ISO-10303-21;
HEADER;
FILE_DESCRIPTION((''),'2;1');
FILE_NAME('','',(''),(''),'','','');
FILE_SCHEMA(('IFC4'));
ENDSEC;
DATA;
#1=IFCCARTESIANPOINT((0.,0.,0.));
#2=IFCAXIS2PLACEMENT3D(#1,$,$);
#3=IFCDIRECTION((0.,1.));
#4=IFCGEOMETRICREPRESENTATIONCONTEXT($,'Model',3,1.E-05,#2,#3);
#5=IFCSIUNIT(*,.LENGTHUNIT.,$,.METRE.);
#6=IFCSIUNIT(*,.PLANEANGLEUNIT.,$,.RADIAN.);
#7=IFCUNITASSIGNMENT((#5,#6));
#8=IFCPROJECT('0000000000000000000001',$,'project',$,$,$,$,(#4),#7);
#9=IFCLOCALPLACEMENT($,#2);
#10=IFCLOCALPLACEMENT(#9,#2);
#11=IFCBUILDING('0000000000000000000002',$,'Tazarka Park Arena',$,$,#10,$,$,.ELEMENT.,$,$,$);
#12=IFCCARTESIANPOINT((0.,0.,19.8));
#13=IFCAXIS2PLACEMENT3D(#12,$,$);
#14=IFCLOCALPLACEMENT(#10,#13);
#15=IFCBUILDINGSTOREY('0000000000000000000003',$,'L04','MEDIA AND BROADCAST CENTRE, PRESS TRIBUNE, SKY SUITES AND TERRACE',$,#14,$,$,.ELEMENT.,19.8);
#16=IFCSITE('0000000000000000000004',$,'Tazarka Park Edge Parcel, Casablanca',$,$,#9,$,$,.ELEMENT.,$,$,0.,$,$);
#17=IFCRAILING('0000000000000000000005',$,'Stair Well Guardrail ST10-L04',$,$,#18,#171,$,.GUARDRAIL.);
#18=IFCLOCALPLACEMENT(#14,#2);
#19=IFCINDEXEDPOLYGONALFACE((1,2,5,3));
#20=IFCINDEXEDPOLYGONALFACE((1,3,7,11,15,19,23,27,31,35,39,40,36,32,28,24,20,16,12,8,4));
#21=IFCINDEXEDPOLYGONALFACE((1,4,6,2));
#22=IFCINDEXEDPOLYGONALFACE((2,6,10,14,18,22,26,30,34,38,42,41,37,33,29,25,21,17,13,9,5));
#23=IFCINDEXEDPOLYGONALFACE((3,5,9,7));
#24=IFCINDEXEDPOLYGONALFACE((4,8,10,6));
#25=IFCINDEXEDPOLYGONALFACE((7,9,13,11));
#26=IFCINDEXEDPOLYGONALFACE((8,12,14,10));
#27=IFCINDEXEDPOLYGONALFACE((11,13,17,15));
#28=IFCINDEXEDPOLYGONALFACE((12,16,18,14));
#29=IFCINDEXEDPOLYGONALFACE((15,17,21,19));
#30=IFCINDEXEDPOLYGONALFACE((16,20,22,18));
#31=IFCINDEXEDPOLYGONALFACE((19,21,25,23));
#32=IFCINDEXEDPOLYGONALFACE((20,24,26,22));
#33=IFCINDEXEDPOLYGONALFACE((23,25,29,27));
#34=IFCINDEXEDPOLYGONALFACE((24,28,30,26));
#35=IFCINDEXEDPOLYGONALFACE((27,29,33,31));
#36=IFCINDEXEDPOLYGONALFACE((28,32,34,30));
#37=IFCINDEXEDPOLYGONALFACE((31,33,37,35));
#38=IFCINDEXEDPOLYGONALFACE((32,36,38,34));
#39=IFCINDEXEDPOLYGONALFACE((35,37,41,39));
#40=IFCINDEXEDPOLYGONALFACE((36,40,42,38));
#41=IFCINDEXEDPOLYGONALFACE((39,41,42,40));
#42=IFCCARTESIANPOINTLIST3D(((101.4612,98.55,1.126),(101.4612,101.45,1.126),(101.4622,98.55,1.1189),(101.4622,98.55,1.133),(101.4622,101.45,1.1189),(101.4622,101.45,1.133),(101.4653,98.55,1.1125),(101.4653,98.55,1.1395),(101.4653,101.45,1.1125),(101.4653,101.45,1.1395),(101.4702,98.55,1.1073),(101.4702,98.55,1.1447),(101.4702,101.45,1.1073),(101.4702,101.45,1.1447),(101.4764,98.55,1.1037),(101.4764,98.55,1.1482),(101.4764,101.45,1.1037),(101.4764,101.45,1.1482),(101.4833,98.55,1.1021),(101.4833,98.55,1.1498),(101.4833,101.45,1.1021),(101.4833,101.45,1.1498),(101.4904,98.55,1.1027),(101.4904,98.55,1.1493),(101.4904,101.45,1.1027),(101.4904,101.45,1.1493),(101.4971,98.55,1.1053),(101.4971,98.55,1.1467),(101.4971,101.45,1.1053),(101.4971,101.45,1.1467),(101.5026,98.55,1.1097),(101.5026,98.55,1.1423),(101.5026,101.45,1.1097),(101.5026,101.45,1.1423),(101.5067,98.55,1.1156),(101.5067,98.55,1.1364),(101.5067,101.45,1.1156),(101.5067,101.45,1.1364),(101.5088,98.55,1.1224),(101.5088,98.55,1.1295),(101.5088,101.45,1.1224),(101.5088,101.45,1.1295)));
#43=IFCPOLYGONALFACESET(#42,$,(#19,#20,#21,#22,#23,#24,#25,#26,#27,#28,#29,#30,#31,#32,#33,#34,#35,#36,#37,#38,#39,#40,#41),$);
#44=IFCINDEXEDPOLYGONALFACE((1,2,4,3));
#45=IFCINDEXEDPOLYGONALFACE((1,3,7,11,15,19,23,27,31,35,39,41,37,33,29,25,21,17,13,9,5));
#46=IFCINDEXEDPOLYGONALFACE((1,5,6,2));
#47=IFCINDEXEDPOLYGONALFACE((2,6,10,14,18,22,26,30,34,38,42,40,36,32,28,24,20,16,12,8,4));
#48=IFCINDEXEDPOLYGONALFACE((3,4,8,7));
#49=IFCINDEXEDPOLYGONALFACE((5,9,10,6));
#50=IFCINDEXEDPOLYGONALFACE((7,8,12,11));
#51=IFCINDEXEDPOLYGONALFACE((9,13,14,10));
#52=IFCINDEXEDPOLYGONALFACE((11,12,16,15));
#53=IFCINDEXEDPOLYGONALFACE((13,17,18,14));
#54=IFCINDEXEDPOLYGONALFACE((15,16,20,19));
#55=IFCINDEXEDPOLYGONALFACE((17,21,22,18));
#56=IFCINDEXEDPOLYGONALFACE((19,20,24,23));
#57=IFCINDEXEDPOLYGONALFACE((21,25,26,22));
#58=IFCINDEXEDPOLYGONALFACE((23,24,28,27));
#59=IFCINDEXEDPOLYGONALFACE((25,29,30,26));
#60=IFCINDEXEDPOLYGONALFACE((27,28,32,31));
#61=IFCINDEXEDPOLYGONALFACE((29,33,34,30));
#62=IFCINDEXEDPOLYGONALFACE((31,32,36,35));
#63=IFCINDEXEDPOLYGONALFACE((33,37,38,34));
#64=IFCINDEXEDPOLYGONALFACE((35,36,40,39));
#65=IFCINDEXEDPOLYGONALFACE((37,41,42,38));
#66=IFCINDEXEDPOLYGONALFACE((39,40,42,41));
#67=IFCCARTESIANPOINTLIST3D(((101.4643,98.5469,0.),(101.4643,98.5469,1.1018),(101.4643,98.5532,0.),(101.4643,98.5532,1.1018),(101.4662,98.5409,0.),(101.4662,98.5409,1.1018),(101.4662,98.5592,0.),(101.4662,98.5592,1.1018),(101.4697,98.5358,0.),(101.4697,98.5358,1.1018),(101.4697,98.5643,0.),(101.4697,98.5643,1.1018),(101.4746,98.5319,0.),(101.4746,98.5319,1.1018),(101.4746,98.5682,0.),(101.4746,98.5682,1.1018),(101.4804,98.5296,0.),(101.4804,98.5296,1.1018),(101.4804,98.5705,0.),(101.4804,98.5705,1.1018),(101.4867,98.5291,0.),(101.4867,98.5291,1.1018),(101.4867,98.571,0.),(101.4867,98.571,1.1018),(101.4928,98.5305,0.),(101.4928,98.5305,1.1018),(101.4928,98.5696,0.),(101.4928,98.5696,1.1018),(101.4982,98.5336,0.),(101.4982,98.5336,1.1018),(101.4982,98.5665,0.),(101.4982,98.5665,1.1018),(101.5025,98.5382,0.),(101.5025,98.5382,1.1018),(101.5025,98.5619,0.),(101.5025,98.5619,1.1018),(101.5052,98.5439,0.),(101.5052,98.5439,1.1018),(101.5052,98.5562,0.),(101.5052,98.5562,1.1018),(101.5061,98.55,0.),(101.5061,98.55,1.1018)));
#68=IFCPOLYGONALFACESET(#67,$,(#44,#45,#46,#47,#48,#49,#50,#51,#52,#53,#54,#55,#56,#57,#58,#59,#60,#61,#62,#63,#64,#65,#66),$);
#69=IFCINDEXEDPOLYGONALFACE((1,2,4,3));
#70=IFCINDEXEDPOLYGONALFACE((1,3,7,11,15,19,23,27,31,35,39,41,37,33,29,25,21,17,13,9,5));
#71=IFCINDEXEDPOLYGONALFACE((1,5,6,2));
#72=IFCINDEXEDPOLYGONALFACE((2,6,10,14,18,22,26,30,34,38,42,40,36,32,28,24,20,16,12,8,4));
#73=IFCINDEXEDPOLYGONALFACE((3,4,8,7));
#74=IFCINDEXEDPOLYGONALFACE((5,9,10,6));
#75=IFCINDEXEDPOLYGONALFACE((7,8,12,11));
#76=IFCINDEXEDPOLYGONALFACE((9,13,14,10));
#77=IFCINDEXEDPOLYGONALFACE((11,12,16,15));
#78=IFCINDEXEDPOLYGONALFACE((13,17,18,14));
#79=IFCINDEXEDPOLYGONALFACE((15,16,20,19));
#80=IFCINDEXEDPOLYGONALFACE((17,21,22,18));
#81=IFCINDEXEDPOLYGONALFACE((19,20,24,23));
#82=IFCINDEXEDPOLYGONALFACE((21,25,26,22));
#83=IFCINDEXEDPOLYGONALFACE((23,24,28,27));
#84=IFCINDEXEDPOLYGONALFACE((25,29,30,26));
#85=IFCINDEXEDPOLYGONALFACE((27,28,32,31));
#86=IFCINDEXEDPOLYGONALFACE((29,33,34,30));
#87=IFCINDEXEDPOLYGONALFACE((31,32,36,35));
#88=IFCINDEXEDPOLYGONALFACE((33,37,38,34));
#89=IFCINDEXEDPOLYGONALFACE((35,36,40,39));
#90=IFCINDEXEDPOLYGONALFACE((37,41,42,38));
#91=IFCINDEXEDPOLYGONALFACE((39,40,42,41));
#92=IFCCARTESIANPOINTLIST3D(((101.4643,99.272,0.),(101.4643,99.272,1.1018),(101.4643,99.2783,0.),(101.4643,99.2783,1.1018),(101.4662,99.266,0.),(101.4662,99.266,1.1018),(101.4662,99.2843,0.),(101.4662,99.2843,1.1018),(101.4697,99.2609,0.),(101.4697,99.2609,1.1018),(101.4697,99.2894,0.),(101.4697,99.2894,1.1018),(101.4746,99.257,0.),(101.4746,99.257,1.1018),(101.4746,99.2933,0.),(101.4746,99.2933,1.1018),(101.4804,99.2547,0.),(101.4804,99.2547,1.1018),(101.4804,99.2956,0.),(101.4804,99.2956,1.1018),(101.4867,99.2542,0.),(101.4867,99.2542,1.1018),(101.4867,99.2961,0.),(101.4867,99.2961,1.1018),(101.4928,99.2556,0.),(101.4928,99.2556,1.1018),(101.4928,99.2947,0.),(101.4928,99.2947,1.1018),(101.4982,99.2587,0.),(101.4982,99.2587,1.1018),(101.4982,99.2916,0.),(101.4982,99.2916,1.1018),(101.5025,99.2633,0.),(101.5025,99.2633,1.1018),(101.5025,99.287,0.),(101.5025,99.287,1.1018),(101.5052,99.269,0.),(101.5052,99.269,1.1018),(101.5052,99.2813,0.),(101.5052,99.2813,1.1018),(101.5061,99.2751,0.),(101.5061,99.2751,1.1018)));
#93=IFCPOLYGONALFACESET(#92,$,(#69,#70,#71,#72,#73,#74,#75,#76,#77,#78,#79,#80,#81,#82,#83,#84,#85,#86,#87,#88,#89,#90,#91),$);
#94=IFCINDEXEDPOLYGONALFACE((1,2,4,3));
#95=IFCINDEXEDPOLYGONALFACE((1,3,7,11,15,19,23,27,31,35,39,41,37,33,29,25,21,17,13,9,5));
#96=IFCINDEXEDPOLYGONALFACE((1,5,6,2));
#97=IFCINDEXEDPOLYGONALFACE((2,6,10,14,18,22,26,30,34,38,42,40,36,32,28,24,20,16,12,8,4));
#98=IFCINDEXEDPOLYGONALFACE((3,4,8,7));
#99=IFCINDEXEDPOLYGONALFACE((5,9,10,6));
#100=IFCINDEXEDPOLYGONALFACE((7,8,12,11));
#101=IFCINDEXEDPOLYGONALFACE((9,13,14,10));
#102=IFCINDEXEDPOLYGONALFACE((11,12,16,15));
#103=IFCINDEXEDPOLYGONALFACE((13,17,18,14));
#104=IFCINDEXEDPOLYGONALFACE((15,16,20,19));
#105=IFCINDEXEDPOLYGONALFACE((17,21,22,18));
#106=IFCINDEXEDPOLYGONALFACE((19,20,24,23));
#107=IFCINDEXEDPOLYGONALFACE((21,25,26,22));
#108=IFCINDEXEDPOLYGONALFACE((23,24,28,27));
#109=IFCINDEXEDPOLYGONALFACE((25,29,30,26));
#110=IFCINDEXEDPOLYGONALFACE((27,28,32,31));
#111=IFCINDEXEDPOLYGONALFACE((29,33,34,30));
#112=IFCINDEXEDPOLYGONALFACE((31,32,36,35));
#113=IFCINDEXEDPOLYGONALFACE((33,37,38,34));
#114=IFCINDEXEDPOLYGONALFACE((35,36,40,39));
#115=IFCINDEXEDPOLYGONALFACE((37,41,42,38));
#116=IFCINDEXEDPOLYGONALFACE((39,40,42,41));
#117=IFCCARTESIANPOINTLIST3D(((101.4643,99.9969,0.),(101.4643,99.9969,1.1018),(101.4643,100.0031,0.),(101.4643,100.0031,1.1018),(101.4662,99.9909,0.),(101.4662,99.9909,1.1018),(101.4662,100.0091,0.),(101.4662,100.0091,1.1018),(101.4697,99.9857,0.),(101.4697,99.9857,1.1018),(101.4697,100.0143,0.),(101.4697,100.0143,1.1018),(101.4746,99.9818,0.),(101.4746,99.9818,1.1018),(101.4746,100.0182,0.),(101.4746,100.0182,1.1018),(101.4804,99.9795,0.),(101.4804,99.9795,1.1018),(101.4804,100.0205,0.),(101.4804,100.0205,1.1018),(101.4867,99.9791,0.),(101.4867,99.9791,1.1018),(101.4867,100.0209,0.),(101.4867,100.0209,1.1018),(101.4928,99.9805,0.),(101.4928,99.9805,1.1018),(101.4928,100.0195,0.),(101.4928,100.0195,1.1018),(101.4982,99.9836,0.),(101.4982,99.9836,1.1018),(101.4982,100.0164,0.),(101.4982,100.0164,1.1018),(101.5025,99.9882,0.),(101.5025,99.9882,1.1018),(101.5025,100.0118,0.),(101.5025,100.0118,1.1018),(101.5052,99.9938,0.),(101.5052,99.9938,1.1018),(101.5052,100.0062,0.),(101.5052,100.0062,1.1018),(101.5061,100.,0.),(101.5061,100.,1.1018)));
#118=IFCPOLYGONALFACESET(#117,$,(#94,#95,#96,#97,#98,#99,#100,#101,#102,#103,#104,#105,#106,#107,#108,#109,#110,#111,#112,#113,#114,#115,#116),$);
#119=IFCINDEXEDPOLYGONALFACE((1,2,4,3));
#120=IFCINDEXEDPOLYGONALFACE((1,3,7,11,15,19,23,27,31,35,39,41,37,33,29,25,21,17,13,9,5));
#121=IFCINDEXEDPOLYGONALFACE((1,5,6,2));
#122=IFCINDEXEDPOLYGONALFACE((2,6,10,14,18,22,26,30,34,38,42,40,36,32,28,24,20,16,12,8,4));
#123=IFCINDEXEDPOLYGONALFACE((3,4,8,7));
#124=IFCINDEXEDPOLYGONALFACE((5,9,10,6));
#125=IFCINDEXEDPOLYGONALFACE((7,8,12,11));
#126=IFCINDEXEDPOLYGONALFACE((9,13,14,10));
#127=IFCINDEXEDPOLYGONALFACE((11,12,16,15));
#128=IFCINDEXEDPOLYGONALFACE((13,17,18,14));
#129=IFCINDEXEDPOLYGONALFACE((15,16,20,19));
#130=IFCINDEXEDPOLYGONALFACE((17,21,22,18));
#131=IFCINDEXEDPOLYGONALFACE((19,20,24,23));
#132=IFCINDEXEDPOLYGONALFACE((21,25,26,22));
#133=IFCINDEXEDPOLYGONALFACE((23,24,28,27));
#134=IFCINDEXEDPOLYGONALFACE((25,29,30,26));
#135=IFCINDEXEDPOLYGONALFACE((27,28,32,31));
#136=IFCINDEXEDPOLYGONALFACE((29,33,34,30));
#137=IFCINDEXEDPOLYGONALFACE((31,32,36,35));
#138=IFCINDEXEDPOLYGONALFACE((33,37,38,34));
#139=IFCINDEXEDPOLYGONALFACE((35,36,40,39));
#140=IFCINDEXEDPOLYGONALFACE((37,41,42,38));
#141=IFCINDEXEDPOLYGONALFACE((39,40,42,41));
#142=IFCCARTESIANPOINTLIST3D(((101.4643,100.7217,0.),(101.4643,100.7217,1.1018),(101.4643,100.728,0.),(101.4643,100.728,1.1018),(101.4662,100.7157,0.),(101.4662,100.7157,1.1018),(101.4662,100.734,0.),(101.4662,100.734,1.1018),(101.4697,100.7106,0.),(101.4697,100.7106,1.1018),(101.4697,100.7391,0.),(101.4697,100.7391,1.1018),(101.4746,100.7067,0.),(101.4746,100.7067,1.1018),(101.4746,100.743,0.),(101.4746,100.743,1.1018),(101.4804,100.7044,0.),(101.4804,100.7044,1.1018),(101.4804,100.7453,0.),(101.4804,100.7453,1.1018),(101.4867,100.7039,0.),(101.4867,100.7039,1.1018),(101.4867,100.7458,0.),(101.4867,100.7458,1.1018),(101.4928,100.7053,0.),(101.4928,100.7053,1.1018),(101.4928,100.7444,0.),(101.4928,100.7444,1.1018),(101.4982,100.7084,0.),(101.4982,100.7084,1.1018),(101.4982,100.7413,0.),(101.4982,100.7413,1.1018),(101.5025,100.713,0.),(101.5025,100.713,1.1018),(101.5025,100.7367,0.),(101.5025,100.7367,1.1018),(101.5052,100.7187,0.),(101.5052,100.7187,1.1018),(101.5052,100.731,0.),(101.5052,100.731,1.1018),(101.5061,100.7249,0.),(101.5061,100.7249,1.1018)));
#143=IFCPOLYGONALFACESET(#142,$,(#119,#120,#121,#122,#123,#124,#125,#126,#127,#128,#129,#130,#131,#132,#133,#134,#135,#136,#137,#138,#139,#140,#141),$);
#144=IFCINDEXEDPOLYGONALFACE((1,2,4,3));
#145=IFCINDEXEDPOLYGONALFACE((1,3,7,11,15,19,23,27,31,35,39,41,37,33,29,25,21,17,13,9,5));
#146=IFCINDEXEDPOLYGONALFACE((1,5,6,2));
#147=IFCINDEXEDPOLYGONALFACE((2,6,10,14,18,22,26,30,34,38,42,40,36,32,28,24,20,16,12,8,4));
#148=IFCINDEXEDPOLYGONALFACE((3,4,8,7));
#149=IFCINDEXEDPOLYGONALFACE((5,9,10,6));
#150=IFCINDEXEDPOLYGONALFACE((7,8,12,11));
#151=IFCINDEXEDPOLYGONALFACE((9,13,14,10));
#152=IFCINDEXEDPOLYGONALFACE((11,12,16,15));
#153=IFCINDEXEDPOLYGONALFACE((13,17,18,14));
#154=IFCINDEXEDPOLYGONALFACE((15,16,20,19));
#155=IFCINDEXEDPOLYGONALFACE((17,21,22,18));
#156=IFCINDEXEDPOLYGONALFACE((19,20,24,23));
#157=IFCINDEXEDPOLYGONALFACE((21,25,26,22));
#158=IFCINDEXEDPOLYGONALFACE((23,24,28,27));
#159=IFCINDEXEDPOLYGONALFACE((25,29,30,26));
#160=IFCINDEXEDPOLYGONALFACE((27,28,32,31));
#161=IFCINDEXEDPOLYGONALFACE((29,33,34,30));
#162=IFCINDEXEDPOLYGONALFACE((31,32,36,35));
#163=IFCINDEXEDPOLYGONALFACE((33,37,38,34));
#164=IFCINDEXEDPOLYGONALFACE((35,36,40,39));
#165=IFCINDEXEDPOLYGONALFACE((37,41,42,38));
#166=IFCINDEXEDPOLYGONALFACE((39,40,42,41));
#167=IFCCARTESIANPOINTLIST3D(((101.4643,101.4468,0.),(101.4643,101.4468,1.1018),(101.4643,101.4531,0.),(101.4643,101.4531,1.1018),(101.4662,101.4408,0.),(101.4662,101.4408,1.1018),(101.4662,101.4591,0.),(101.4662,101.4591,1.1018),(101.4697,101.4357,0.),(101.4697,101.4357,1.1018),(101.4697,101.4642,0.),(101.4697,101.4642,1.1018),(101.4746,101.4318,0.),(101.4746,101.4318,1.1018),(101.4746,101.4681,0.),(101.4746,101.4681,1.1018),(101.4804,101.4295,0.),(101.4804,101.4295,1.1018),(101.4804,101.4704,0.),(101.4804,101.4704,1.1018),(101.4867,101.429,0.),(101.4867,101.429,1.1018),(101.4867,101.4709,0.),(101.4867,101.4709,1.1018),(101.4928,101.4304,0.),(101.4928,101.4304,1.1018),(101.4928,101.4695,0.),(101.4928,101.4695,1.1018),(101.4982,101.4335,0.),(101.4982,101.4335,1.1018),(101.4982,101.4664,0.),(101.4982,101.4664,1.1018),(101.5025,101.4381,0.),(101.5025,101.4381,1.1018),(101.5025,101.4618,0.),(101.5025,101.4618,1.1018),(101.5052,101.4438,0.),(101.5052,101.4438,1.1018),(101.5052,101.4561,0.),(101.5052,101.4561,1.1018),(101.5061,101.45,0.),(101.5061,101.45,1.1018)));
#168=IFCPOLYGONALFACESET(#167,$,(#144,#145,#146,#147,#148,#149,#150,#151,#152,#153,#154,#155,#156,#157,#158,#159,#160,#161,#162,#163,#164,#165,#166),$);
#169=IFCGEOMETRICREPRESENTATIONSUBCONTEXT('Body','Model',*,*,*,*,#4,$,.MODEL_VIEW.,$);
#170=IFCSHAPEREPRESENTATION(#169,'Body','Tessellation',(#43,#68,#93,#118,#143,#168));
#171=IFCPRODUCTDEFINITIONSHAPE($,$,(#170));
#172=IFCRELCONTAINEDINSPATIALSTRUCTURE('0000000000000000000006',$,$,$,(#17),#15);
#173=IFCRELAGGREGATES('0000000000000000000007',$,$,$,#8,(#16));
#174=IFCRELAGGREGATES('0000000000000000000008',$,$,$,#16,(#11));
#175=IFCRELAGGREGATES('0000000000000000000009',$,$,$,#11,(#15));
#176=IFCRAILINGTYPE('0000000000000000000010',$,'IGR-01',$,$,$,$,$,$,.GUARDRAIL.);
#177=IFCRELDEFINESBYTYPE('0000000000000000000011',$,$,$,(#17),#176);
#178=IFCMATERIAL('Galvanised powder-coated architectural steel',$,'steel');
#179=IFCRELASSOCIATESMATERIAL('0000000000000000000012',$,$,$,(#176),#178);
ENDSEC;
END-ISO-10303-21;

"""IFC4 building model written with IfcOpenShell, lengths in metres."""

from ifc_helpers import new_model, si_unit, direction, frame, origin, origin_2d, place, context, subcontext, project, spatial, circle, extrude, material, type_object, element, save


model = new_model("IFC4")

# Units and contexts
model_context = context("Model", 3, precision=1e-05, world=origin(), true_north=direction((0.0, 1.0)))
body_context = subcontext(model_context, "Body", "Model", "MODEL_VIEW")
ifc_project = project(units=[si_unit("LENGTHUNIT", "METRE"), si_unit("PLANEANGLEUNIT", "RADIAN")], contexts=[model_context])

# Site, building, storey
site_placement = place(None, origin())
site = spatial("IfcSite", under=ifc_project, at=site_placement, Name="Tazarka Park Edge Parcel, Casablanca", CompositionType="ELEMENT", RefElevation=0.0)
building_placement = place(site_placement, origin())
building = spatial("IfcBuilding", under=site, at=building_placement, Name="Tazarka Park Arena", CompositionType="ELEMENT")
storey_placement = place(building_placement, frame((0.0, 0.0, 19.8)))
storey = spatial("IfcBuildingStorey", under=building, at=storey_placement, Name="L04", Description="MEDIA AND BROADCAST CENTRE, PRESS TRIBUNE, SKY SUITES AND TERRACE", CompositionType="ELEMENT", Elevation=19.8)

# Railing
ifc_material_1 = material(Name="Galvanised powder-coated architectural steel", Category="steel")
railing_type_1 = type_object("IfcRailingType", Name="IGR-01", PredefinedType="GUARDRAIL", material=ifc_material_1)
for number, where, name in (
    (1, (101.4851, 98.55, 0.0), "Stair Well Guardrail ST10-L04"),
):
    element("IfcRailing", number, at=place(storey_placement, frame(where)), inside=storey, type_object=railing_type_1, Name=name, PredefinedType="GUARDRAIL", context=body_context, shape_type="SweptSolid", body=[
        extrude(circle(Radius=0.0239, at=origin_2d()), frame((0.0, 0.0, 1.126), z_axis=(0.0, 1.0, 0.0), x_axis=(-1.0, 0.0, 0.0)), (0.0, 0.0, 1.0), 2.8999),
        extrude(circle(Radius=0.021, at=origin_2d()), origin(), (0.0, 0.0, 1.0), 1.1018),
        extrude(circle(Radius=0.021, at=origin_2d()), frame((0.0, 0.7251, 0.0)), (0.0, 0.0, 1.0), 1.1018),
        extrude(circle(Radius=0.021, at=origin_2d()), frame((0.0, 1.45, 0.0)), (0.0, 0.0, 1.0), 1.1018),
        extrude(circle(Radius=0.021, at=origin_2d()), frame((0.0, 2.1748, 0.0)), (0.0, 0.0, 1.0), 1.1018),
        extrude(circle(Radius=0.021, at=origin_2d()), frame((0.0, 2.8999, 0.0)), (0.0, 0.0, 1.0), 1.1018),
    ])

save(model, "model.ifc")
